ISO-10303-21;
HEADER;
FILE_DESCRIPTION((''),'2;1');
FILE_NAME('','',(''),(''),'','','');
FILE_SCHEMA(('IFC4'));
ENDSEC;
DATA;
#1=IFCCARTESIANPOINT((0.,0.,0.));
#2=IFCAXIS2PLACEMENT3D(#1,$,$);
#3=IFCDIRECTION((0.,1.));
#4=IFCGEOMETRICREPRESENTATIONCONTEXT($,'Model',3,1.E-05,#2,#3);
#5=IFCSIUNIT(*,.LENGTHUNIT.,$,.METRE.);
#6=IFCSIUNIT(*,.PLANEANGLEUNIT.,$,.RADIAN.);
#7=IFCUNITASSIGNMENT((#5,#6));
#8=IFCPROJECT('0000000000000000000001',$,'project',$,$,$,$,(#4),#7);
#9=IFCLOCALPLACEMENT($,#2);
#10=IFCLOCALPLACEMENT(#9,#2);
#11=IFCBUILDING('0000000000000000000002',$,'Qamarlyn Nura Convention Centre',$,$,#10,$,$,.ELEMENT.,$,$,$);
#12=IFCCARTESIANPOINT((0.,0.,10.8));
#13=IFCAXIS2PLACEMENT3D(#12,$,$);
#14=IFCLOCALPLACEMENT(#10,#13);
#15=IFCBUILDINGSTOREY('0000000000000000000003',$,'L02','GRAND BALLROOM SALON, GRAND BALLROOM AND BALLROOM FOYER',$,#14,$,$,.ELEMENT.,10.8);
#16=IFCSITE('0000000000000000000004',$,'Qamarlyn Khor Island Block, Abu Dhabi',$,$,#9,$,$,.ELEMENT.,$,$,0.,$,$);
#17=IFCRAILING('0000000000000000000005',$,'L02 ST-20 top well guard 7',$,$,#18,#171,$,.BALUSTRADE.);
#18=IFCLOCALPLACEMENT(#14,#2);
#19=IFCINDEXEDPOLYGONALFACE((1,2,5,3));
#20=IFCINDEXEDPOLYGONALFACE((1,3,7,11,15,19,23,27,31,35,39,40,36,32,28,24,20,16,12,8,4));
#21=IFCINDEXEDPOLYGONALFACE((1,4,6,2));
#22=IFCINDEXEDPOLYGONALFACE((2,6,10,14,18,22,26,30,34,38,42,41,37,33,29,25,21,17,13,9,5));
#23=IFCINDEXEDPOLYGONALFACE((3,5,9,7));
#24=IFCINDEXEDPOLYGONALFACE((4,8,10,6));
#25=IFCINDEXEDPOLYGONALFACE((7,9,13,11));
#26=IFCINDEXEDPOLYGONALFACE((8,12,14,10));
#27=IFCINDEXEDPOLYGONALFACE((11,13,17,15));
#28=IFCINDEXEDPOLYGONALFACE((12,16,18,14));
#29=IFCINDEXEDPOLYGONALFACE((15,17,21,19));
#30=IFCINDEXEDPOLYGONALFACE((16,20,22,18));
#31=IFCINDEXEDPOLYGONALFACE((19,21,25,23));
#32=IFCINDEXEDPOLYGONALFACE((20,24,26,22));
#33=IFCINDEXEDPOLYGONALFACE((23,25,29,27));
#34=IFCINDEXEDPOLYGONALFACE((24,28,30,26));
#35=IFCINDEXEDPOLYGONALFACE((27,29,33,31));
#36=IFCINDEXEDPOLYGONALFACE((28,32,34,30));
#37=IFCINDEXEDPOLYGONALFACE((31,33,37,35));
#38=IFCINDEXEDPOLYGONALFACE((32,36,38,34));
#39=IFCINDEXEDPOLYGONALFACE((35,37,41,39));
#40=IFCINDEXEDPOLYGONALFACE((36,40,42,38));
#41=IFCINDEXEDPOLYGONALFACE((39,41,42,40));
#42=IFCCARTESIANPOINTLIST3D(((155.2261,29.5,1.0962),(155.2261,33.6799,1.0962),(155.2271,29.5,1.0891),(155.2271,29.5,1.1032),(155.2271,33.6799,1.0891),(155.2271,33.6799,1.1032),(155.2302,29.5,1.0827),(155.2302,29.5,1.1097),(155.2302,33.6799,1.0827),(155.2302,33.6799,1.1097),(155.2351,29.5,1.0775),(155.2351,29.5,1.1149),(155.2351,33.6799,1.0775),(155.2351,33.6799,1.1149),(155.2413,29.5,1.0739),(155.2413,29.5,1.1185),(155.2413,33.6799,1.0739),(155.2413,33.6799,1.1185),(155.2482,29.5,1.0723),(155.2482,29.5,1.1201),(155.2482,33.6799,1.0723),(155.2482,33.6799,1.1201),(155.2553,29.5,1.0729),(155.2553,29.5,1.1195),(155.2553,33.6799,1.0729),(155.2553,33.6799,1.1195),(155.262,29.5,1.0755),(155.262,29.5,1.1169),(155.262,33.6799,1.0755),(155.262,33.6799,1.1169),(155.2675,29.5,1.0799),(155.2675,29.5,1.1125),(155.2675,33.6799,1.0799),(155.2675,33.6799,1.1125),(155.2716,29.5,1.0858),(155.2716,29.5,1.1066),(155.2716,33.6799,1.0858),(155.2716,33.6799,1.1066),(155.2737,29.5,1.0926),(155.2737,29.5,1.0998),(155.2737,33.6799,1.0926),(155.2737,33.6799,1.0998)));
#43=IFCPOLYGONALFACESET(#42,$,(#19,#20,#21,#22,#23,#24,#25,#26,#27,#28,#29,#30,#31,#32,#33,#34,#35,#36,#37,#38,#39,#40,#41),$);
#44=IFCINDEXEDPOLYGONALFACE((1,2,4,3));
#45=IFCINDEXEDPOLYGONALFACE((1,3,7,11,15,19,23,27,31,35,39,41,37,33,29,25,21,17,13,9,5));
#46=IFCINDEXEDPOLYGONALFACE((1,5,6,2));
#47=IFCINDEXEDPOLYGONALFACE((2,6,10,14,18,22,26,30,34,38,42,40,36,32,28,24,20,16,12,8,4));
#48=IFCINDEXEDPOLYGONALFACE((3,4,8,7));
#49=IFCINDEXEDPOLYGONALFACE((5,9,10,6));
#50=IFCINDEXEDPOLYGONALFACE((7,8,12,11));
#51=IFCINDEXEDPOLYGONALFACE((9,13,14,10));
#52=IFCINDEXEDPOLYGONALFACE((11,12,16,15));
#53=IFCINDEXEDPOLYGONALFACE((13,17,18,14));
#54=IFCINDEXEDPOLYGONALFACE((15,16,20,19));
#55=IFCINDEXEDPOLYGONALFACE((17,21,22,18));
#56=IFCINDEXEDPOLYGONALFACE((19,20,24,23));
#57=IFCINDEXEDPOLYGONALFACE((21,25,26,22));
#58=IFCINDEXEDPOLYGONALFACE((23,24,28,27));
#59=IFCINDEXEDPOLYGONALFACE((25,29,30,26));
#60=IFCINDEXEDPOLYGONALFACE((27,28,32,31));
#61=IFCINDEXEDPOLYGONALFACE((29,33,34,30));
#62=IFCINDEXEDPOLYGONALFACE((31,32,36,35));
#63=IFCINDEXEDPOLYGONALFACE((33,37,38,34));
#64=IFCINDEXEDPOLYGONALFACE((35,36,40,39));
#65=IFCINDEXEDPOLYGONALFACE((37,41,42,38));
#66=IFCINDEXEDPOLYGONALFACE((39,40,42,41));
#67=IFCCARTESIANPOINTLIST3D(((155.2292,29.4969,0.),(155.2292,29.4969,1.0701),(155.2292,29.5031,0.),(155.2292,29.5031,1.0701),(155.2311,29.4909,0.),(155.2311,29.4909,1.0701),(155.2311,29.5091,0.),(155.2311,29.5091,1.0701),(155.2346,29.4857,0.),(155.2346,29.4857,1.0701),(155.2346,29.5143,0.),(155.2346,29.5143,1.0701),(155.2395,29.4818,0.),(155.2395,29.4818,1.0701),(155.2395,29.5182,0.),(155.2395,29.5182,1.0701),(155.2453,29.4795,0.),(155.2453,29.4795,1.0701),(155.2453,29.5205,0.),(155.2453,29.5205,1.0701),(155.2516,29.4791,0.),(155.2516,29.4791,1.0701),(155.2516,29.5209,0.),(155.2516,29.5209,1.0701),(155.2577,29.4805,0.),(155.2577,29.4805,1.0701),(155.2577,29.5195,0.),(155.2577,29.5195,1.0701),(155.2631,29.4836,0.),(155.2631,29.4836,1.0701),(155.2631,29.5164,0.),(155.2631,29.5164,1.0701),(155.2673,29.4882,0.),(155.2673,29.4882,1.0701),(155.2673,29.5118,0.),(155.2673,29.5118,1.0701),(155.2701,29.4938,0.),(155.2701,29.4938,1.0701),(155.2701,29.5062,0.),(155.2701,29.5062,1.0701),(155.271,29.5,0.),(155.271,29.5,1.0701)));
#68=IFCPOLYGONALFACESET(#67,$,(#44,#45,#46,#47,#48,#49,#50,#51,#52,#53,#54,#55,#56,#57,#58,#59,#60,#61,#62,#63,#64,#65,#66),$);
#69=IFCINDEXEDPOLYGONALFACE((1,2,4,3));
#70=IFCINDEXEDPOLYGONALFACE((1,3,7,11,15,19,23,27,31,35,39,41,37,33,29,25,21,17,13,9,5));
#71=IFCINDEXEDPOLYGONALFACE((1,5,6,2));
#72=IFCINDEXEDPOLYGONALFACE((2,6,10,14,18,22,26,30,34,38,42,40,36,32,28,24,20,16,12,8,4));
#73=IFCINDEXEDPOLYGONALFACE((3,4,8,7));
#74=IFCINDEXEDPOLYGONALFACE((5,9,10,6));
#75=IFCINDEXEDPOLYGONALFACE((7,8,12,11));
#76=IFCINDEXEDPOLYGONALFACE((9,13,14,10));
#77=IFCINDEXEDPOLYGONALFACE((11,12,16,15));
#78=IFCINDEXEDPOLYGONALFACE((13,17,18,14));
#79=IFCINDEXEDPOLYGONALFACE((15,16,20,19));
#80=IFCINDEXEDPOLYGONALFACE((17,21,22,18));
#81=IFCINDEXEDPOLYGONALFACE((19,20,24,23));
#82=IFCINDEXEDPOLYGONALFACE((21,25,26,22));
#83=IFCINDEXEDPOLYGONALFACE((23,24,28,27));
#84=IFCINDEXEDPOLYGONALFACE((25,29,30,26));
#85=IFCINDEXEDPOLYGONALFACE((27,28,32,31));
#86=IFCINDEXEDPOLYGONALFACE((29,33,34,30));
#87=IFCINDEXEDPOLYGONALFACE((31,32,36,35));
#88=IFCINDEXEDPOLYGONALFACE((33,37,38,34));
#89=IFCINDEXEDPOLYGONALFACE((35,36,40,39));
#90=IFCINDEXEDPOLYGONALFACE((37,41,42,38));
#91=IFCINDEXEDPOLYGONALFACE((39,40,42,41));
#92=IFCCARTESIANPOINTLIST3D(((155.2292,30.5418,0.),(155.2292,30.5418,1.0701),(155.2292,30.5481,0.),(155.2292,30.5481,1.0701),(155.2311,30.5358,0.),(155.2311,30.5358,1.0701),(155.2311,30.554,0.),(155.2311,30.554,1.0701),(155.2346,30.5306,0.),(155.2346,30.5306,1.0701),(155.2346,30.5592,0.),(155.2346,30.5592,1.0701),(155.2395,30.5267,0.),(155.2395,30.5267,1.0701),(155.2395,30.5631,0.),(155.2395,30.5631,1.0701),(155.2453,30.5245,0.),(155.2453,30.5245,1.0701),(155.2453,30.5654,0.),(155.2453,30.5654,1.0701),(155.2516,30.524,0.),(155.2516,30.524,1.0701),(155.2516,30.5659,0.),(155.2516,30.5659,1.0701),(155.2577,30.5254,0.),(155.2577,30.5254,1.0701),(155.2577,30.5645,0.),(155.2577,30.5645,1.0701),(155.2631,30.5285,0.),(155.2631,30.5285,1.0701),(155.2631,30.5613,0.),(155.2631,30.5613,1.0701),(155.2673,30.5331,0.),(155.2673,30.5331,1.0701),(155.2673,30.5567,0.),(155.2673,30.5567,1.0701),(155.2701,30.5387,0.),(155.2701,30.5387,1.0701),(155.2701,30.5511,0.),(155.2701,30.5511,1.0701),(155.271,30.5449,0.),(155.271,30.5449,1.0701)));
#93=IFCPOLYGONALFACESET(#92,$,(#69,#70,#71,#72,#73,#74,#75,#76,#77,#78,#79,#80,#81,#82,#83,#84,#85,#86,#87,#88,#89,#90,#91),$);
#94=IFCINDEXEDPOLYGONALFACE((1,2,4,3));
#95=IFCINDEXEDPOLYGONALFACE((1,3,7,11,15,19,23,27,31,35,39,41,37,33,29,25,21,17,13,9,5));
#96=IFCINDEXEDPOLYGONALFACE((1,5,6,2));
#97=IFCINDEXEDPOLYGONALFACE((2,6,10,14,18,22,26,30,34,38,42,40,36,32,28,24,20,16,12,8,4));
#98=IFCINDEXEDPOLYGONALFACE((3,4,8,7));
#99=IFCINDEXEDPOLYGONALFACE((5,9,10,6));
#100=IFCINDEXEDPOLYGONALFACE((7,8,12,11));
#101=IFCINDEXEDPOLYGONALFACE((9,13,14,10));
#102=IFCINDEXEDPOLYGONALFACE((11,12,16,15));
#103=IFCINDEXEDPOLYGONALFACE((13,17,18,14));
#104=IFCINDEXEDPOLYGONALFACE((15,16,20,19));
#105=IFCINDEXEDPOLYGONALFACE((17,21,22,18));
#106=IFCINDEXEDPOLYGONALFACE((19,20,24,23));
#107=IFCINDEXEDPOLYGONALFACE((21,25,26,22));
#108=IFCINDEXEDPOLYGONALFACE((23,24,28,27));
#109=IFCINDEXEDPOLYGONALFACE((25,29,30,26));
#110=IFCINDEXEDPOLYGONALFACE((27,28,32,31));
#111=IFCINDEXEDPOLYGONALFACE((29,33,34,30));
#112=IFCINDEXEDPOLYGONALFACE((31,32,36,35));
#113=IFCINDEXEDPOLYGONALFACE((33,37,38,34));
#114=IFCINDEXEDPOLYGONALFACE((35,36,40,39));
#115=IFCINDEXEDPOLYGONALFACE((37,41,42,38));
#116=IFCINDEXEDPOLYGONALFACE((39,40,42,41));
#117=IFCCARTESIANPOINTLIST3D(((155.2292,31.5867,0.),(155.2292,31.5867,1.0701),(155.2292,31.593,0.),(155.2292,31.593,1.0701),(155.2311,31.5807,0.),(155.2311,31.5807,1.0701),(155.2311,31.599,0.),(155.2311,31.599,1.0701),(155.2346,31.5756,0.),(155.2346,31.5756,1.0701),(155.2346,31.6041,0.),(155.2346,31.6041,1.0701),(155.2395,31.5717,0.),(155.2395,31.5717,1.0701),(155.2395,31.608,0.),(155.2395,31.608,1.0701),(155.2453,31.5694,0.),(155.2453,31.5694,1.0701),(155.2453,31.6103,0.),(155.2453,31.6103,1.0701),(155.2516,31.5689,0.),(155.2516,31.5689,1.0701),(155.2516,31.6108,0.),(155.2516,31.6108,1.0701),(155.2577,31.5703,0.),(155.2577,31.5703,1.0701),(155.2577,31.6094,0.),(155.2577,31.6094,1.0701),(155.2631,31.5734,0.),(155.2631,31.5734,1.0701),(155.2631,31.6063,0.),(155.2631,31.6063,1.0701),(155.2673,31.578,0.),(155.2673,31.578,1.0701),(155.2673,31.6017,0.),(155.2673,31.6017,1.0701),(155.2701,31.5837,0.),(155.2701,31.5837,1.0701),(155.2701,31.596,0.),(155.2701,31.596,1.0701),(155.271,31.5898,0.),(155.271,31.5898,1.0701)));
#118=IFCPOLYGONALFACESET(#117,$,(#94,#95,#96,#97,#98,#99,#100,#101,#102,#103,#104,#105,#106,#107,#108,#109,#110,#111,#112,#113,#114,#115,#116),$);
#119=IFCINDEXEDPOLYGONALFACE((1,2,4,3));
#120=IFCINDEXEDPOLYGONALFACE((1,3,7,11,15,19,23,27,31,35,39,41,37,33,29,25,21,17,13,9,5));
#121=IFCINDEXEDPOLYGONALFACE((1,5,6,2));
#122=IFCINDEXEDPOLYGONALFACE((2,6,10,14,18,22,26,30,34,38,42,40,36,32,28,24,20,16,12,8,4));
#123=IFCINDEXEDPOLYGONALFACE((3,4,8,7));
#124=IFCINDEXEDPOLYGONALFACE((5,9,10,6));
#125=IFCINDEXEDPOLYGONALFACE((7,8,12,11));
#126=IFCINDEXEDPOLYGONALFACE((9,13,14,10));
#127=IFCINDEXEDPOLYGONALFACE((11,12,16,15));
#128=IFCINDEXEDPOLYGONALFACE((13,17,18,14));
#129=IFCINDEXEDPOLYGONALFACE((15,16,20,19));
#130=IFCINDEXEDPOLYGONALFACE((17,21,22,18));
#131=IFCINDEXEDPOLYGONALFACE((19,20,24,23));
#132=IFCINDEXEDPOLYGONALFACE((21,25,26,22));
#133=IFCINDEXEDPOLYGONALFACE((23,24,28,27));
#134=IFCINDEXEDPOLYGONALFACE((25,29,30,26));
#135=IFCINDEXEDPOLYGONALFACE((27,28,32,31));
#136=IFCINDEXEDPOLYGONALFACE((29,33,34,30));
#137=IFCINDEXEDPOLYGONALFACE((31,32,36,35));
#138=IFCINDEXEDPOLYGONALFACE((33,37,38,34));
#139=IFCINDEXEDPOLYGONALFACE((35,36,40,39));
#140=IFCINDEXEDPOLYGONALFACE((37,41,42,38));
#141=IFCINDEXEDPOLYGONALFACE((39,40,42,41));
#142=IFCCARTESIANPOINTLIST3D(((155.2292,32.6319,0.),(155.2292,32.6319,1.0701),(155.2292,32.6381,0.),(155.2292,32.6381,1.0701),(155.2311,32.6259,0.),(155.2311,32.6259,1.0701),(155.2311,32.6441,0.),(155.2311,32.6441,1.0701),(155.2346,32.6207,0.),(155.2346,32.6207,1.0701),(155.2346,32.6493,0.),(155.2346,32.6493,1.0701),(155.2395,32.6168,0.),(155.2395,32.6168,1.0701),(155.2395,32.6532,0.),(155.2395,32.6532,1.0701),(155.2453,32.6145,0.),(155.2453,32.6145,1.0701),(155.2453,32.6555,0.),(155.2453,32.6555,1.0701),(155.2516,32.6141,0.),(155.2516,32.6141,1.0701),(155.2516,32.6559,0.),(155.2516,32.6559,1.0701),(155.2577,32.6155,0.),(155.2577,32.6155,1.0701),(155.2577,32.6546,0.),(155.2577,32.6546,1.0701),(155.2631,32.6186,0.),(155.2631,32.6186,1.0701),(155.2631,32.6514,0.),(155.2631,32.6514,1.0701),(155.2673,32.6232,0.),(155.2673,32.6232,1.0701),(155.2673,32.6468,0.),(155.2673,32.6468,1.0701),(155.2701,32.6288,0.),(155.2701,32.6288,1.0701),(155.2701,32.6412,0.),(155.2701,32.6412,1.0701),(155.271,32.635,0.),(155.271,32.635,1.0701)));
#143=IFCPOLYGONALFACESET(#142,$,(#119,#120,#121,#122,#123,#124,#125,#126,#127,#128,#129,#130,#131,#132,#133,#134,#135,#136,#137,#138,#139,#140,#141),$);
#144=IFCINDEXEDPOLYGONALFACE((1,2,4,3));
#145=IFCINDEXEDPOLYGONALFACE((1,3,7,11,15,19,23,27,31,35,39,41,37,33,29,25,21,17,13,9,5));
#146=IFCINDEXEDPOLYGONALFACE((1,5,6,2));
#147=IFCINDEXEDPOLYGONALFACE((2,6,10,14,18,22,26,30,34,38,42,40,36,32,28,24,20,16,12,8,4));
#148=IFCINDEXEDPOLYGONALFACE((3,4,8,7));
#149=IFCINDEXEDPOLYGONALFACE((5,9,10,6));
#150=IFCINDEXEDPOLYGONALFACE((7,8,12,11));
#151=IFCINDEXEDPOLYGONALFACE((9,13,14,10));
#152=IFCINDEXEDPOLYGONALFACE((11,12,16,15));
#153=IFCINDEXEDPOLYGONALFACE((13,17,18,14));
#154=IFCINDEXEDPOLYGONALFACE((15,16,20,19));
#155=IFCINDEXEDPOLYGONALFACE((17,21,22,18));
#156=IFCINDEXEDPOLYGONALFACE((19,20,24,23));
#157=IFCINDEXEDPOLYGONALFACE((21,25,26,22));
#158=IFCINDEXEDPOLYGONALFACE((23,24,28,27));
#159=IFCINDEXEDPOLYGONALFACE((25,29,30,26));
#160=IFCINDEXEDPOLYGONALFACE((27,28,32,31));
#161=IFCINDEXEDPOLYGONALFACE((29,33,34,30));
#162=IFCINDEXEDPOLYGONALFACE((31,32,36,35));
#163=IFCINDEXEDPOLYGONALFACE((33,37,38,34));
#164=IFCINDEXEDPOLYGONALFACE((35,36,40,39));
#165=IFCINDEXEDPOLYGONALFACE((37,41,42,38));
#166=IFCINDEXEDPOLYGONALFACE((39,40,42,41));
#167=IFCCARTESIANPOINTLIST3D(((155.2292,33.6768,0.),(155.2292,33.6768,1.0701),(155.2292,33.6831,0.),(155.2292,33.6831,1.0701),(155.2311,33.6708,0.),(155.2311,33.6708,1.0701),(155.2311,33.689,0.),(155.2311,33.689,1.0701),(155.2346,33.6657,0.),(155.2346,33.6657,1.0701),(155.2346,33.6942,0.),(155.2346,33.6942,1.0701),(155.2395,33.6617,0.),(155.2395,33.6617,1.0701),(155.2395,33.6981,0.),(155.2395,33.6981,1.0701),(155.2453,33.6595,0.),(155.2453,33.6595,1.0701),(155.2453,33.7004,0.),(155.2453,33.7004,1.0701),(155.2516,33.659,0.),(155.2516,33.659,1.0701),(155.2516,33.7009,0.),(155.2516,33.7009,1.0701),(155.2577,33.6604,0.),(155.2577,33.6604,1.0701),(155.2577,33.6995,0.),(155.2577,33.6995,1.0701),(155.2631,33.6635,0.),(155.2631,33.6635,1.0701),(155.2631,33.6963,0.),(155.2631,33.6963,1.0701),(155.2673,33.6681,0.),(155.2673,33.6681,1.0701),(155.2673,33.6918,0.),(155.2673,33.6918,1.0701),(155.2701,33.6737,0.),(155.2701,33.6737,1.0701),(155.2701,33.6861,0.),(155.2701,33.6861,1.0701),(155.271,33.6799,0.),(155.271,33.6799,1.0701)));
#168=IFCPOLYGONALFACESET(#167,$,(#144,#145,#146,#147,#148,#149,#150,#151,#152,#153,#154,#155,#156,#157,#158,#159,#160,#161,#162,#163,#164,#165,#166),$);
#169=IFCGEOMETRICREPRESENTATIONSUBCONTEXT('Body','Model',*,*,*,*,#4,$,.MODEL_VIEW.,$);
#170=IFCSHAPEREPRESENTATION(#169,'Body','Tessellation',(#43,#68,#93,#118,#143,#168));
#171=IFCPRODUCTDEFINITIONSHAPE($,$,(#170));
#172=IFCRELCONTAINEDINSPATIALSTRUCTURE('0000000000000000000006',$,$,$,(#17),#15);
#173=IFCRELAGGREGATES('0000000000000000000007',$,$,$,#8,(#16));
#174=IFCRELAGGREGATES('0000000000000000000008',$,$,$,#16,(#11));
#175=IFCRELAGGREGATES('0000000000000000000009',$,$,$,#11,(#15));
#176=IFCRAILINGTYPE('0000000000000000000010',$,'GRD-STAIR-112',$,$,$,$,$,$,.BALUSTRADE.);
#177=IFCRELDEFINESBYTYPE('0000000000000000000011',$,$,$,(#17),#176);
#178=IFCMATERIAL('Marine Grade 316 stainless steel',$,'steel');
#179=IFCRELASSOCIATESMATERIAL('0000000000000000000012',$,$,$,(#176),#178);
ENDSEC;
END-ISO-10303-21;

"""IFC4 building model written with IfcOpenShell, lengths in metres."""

from ifc_helpers import new_model, si_unit, direction, frame, origin, origin_2d, place, context, subcontext, project, spatial, circle, extrude, material, type_object, element, save


model = new_model("IFC4")

# Units and contexts
model_context = context("Model", 3, precision=1e-05, world=origin(), true_north=direction((0.0, 1.0)))
body_context = subcontext(model_context, "Body", "Model", "MODEL_VIEW")
ifc_project = project(units=[si_unit("LENGTHUNIT", "METRE"), si_unit("PLANEANGLEUNIT", "RADIAN")], contexts=[model_context])

# Site, building, storey
site_placement = place(None, origin())
site = spatial("IfcSite", under=ifc_project, at=site_placement, Name="Qamarlyn Khor Island Block, Abu Dhabi", CompositionType="ELEMENT", RefElevation=0.0)
building_placement = place(site_placement, origin())
building = spatial("IfcBuilding", under=site, at=building_placement, Name="Qamarlyn Nura Convention Centre", CompositionType="ELEMENT")
storey_placement = place(building_placement, frame((0.0, 0.0, 10.8)))
storey = spatial("IfcBuildingStorey", under=building, at=storey_placement, Name="L02", Description="GRAND BALLROOM SALON, GRAND BALLROOM AND BALLROOM FOYER", CompositionType="ELEMENT", Elevation=10.8)

# Railing
ifc_material_1 = material(Name="Marine Grade 316 stainless steel", Category="steel")
railing_type = type_object("IfcRailingType", Name="GRD-STAIR-112", PredefinedType="BALUSTRADE", material=ifc_material_1)
railing_1_placement = place(storey_placement, frame((155.25, 29.5, 0.0)))
element("IfcRailing", 1, at=railing_1_placement, inside=storey, type_object=railing_type, Name="L02 ST-20 top well guard 7", PredefinedType="BALUSTRADE", context=body_context, shape_type="SweptSolid", body=[
    extrude(circle(Radius=0.0239, at=origin_2d()), frame((0.0, 0.0, 1.0962), z_axis=(0.0, 1.0, 0.0), x_axis=(-1.0, 0.0, 0.0)), (0.0, 0.0, 1.0), 4.1799),
    extrude(circle(Radius=0.021, at=origin_2d()), origin(), (0.0, 0.0, 1.0), 1.0701),
    extrude(circle(Radius=0.021, at=origin_2d()), frame((0.0, 1.0449, 0.0)), (0.0, 0.0, 1.0), 1.0701),
    extrude(circle(Radius=0.021, at=origin_2d()), frame((0.0, 2.0898, 0.0)), (0.0, 0.0, 1.0), 1.0701),
    extrude(circle(Radius=0.021, at=origin_2d()), frame((0.0, 3.135, 0.0)), (0.0, 0.0, 1.0), 1.0701),
    extrude(circle(Radius=0.021, at=origin_2d()), frame((0.0, 4.1799, 0.0)), (0.0, 0.0, 1.0), 1.0701),
])

save(model, "model.ifc")
